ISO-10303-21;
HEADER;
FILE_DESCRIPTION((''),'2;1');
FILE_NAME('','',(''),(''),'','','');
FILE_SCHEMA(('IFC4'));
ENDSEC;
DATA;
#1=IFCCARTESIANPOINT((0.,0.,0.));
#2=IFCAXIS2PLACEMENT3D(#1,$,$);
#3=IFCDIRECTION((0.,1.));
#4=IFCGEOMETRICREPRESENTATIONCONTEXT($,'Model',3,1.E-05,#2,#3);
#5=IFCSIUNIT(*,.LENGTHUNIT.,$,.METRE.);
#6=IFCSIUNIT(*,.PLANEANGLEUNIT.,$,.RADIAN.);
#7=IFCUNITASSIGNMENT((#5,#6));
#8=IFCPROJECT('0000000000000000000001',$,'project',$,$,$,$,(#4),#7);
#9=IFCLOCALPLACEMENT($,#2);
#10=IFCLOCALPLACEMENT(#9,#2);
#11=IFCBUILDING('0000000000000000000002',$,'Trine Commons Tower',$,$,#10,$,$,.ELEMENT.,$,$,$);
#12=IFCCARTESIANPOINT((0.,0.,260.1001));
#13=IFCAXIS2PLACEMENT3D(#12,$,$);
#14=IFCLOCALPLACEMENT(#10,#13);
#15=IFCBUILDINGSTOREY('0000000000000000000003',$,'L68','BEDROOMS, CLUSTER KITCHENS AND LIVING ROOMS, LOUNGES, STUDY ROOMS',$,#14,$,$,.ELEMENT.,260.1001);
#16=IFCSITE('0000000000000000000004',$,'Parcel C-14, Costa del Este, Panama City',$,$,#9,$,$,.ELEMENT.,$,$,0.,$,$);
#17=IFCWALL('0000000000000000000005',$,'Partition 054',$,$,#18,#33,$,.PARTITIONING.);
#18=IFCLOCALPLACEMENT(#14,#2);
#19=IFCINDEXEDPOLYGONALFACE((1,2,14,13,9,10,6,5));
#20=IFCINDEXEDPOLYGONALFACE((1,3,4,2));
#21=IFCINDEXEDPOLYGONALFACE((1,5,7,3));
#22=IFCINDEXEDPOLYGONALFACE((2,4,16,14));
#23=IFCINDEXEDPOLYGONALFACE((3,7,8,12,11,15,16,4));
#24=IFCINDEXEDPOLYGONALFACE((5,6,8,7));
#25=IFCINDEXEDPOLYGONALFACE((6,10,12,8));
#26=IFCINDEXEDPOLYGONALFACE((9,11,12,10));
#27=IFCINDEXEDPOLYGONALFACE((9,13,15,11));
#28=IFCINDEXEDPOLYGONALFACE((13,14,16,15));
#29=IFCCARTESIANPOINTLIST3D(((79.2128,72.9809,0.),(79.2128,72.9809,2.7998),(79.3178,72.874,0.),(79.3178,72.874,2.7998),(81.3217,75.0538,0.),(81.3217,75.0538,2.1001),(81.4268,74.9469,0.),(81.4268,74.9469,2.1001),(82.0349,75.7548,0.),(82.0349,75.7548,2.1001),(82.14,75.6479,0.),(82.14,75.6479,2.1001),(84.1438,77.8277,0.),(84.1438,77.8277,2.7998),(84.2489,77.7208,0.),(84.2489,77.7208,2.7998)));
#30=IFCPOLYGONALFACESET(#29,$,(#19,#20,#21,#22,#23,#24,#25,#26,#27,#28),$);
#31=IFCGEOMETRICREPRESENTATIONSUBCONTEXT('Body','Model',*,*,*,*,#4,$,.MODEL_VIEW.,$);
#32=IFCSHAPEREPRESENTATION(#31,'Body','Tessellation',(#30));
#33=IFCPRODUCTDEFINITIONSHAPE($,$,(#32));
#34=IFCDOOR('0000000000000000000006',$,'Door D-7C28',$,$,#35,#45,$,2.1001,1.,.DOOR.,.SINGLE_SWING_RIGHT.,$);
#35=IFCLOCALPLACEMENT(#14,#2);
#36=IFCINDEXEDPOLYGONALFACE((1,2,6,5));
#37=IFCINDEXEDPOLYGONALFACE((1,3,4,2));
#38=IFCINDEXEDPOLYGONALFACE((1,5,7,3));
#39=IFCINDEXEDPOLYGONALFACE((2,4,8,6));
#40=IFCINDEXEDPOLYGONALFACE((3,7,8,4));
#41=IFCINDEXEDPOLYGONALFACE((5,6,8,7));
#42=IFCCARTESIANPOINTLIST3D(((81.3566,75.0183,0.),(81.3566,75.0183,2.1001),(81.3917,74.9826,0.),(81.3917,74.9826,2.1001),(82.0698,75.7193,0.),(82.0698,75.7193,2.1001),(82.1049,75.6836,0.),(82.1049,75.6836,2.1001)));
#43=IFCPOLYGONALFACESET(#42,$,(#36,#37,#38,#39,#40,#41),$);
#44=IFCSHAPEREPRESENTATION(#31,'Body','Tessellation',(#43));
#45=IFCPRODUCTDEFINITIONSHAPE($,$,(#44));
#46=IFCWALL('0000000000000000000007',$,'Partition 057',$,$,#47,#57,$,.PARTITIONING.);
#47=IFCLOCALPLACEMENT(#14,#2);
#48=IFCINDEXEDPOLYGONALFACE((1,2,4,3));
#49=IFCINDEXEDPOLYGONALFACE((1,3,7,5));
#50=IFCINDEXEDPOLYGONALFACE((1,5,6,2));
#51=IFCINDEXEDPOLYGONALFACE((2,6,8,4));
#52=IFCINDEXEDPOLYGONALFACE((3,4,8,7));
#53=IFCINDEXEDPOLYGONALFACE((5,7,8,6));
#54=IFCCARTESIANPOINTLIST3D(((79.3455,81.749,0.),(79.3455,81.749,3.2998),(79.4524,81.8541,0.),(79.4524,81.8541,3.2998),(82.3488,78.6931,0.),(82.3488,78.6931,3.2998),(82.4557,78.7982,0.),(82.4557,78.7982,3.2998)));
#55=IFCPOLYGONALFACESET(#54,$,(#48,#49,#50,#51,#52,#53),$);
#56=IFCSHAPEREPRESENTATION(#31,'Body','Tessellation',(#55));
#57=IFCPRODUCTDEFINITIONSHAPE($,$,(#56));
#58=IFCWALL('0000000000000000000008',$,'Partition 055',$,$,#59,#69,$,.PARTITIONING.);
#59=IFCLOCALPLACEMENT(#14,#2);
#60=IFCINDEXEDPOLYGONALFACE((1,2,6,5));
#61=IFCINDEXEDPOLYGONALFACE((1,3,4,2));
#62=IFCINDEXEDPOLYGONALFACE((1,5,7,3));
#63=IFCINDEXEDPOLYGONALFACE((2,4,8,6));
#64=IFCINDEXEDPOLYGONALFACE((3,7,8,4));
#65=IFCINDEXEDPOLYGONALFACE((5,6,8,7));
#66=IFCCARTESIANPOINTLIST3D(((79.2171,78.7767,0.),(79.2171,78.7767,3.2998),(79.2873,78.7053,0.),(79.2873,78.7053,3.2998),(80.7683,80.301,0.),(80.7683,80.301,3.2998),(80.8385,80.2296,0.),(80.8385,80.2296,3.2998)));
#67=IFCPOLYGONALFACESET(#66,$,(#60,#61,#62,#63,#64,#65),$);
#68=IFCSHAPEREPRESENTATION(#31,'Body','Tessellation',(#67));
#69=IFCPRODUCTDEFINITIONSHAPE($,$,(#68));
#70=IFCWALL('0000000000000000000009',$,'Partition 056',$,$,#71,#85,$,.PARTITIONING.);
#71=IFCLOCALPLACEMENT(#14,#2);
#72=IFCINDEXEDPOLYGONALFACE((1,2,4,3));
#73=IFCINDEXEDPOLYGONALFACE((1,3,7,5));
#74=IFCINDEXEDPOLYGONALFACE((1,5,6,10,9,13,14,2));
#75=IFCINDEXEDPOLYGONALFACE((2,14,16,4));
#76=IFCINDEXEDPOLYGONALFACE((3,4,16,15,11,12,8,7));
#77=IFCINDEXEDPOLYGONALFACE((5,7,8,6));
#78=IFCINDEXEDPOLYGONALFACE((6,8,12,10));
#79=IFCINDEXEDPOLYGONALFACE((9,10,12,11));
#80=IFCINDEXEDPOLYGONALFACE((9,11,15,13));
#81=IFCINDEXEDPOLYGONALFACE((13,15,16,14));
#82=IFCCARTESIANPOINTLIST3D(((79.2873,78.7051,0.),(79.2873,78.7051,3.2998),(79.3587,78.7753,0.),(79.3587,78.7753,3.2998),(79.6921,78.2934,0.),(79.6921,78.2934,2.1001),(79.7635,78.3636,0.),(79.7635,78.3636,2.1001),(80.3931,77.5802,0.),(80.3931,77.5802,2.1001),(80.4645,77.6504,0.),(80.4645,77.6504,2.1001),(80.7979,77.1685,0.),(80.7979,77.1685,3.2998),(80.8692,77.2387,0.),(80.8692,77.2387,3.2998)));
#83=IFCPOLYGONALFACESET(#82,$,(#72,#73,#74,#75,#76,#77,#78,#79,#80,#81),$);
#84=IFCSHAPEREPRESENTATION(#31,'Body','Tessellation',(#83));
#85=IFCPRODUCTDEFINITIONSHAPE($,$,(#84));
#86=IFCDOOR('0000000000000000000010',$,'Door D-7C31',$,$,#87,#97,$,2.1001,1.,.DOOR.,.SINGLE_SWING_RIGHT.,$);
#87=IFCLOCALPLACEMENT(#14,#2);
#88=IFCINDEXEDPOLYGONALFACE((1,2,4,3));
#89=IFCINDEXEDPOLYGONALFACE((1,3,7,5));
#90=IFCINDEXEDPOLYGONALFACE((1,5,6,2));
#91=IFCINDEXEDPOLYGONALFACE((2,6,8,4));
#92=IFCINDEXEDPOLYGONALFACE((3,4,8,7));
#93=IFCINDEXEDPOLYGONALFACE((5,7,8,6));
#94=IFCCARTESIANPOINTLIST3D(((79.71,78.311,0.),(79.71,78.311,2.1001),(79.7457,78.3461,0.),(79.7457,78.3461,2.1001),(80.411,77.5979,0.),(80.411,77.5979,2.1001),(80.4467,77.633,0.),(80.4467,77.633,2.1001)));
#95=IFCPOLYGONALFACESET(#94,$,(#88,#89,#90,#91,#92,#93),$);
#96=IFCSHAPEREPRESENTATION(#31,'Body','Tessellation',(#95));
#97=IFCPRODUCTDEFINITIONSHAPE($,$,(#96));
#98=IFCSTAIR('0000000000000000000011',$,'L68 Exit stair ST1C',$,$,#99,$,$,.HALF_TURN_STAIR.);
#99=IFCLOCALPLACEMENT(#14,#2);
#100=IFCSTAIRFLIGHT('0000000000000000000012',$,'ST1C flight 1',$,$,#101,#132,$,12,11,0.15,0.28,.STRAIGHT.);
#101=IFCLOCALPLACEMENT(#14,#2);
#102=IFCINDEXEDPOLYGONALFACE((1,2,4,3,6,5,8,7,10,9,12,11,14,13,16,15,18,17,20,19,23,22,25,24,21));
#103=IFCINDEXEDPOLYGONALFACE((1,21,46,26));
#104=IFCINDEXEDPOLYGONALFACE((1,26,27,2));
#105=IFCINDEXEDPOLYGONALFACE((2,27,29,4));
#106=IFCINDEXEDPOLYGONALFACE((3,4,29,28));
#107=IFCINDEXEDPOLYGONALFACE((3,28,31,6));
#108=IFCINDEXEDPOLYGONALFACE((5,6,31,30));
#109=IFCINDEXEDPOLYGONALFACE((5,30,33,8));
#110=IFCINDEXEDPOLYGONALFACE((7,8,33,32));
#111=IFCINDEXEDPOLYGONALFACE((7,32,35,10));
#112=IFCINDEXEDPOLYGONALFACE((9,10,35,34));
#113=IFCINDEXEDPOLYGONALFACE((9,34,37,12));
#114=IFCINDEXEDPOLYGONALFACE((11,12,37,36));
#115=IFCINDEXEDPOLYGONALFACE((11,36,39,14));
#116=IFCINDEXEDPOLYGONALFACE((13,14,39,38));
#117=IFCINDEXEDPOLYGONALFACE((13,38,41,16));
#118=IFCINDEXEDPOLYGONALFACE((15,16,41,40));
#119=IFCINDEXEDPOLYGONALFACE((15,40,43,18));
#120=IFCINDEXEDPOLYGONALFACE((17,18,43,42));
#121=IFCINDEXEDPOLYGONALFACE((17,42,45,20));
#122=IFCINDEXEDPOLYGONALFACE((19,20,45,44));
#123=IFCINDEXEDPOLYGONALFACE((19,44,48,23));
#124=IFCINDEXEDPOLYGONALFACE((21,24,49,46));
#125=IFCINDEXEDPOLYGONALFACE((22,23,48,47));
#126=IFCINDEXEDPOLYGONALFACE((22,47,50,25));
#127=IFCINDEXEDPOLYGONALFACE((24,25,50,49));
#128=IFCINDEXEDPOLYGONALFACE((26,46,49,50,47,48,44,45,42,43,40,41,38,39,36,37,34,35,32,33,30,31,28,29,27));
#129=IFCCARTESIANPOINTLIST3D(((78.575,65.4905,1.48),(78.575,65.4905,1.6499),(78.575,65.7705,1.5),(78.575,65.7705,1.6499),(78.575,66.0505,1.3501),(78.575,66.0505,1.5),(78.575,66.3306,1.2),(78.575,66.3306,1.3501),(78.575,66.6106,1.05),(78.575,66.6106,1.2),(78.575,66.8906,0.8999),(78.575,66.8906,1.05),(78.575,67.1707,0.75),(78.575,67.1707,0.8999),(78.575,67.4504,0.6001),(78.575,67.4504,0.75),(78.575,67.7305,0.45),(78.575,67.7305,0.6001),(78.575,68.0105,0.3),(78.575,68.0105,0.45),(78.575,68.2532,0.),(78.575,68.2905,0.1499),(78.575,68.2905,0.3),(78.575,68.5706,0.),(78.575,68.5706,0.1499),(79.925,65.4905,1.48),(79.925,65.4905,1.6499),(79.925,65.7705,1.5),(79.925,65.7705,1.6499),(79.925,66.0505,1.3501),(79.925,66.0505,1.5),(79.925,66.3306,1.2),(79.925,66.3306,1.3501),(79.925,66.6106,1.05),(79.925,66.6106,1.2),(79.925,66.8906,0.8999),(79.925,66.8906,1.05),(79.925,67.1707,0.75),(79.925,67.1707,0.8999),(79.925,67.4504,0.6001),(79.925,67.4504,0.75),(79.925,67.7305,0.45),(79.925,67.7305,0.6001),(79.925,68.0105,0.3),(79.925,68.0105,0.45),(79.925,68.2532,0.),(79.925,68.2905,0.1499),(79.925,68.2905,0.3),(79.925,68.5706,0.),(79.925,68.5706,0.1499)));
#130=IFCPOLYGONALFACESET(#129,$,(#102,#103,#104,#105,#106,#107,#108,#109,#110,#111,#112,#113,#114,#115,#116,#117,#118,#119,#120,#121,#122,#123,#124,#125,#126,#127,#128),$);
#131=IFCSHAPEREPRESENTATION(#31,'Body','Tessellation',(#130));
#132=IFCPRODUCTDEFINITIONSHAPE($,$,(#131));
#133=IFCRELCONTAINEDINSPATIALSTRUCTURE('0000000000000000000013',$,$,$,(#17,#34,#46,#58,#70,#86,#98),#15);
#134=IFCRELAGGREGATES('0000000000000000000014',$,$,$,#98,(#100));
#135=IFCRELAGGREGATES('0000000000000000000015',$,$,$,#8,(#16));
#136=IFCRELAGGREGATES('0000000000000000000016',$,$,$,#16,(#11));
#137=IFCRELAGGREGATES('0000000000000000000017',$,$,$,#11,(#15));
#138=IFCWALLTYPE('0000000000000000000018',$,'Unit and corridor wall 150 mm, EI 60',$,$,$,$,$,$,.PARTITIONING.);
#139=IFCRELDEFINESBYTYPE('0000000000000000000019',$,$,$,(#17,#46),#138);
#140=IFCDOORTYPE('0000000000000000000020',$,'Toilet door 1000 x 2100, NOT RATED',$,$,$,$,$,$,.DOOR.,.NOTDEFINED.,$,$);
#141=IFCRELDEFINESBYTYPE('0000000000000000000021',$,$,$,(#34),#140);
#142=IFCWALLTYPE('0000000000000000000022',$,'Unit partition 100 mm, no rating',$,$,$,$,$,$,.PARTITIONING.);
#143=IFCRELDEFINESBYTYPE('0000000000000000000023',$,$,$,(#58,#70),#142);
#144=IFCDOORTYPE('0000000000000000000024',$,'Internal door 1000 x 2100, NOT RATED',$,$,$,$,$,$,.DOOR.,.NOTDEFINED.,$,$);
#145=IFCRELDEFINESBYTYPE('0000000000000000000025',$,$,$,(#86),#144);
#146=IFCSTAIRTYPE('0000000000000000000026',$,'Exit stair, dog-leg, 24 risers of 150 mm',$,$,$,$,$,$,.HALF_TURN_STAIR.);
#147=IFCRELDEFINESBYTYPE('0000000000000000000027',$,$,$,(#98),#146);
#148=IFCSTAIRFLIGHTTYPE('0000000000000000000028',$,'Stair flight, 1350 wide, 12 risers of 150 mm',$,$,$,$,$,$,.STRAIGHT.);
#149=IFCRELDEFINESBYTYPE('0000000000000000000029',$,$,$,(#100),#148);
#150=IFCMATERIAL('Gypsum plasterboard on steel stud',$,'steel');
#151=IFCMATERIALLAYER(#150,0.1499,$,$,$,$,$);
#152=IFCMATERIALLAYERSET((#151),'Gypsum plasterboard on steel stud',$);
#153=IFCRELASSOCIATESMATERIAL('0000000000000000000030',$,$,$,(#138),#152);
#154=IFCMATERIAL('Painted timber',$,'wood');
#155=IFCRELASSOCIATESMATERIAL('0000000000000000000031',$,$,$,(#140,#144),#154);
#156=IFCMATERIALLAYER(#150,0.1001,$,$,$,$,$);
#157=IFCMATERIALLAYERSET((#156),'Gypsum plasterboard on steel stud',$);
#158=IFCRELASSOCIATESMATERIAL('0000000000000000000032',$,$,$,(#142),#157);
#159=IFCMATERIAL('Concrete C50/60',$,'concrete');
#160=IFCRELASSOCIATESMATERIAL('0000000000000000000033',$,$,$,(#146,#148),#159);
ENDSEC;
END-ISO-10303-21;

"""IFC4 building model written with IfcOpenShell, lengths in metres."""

from ifc_helpers import new_model, si_unit, direction, frame, frame_2d, origin, place, context, subcontext, project, spatial, polyline, rectangle, outline, extrude, material, layer, layer_set, type_object, element, fill, aggregate, save


model = new_model("IFC4")

# Units and contexts
model_context = context("Model", 3, precision=1e-05, world=origin(), true_north=direction((0.0, 1.0)))
body_context = subcontext(model_context, "Body", "Model", "MODEL_VIEW")
ifc_project = project(units=[si_unit("LENGTHUNIT", "METRE"), si_unit("PLANEANGLEUNIT", "RADIAN")], contexts=[model_context])

# Site, building, storey
site_placement = place(None, origin())
site = spatial("IfcSite", under=ifc_project, at=site_placement, Name="Parcel C-14, Costa del Este, Panama City", CompositionType="ELEMENT", RefElevation=0.0)
building_placement = place(site_placement, origin())
building = spatial("IfcBuilding", under=site, at=building_placement, Name="Trine Commons Tower", CompositionType="ELEMENT")
storey_placement = place(building_placement, frame((0.0, 0.0, 260.1001)))
storey = spatial("IfcBuildingStorey", under=building, at=storey_placement, Name="L68", Description="BEDROOMS, CLUSTER KITCHENS AND LIVING ROOMS, LOUNGES, STUDY ROOMS", CompositionType="ELEMENT", Elevation=260.1001)

# Shared definitions
ifc_material_1 = material(Name="Concrete C50/60", Category="concrete")

# Shared definitions
ifc_material_2 = material(Name="Gypsum plasterboard on steel stud", Category="steel")
ifc_layer_1 = layer(ifc_material_2, 0.1499)
ifc_layer_set_1 = layer_set([ifc_layer_1], Name="Gypsum plasterboard on steel stud")
wall_type_1 = type_object("IfcWallType", Name="Unit and corridor wall 150 mm, EI 60", PredefinedType="PARTITIONING", material=ifc_layer_set_1)

# Shared definitions
ifc_material_3 = material(Name="Painted timber", Category="wood")

# Wall, opening, door
wall_1_placement = place(storey_placement, frame((79.2654, 72.9275, 0.0), z_axis=(0.0, 0.0, 1.0), x_axis=(0.713171, 0.70099, 0.0)))
wall_1 = element("IfcWall", 1, at=wall_1_placement, inside=storey, type_object=wall_type_1, Name="Partition 054", PredefinedType="PARTITIONING", context=body_context, shape_type="SweptSolid", body=[
    extrude(rectangle(XDim=6.9143, YDim=0.1499, at=frame_2d((3.457, 0.0))), origin(), (0.0, 0.0, 1.0), 2.7998),
])
opening_1_placement = place(wall_1_placement, frame((2.957, 0.0, 0.0)))
opening_1 = element("IfcOpeningElement", 2, at=opening_1_placement, cuts=wall_1, PredefinedType="OPENING", context=body_context, shape_type="SweptSolid", body=[
    extrude(rectangle(XDim=1.0, YDim=2.1001, at=frame_2d((0.5, 1.05))), frame((0.0, 0.085, 0.0), z_axis=(0.0, -1.0, 0.0), x_axis=(1.0, 0.0, 0.0)), (0.0, 0.0, 1.0), 0.1699),
])
door_type_1 = type_object("IfcDoorType", Name="Toilet door 1000 x 2100, NOT RATED", OperationType="NOTDEFINED", PredefinedType="DOOR", material=ifc_material_3)
door_1_placement = place(opening_1_placement, frame((1.0, 0.0, 0.0), z_axis=(0.0, 0.0, 1.0), x_axis=(-1.0, 0.0, 0.0)))
door_1 = element("IfcDoor", 3, at=door_1_placement, inside=storey, type_object=door_type_1, Name="Door D-7C28", OperationType="SINGLE_SWING_RIGHT", OverallHeight=2.1001, OverallWidth=1.0, PredefinedType="DOOR", context=body_context, shape_type="SweptSolid", body=[
    extrude(rectangle(XDim=1.0, YDim=2.1001, at=frame_2d((0.5, 1.05))), frame((0.0, 0.0249, 0.0), z_axis=(0.0, -1.0, 0.0), x_axis=(1.0, 0.0, 0.0)), (0.0, 0.0, 1.0), 0.05),
])
fill(opening_1, door_1)

# Walls
wall_2_placement = place(storey_placement, frame((79.3989, 81.8015, 0.0), z_axis=(0.0, 0.0, 1.0), x_axis=(0.700955, -0.713205, 0.0)))
element("IfcWall", 4, at=wall_2_placement, inside=storey, type_object=wall_type_1, Name="Partition 057", PredefinedType="PARTITIONING", context=body_context, shape_type="SweptSolid", body=[
    extrude(rectangle(XDim=4.2847, YDim=0.1499, at=frame_2d((2.1423, 0.0))), origin(), (0.0, 0.0, 1.0), 3.2998),
])
ifc_layer_2 = layer(ifc_material_2, 0.1001)
ifc_layer_set_2 = layer_set([ifc_layer_2], Name="Gypsum plasterboard on steel stud")
wall_type_2 = type_object("IfcWallType", Name="Unit partition 100 mm, no rating", PredefinedType="PARTITIONING", material=ifc_layer_set_2)
wall_3_placement = place(storey_placement, frame((79.2522, 78.741, 0.0), z_axis=(0.0, 0.0, 1.0), x_axis=(0.713254, 0.700906, 0.0)))
element("IfcWall", 5, at=wall_3_placement, inside=storey, type_object=wall_type_2, Name="Partition 055", PredefinedType="PARTITIONING", context=body_context, shape_type="SweptSolid", body=[
    extrude(rectangle(XDim=2.1748, YDim=0.1001, at=frame_2d((1.0874, 0.0))), origin(), (0.0, 0.0, 1.0), 3.2998),
])

# Wall, opening, door
wall_4_placement = place(storey_placement, frame((79.323, 78.7402, 0.0), z_axis=(0.0, 0.0, 1.0), x_axis=(0.701019, -0.713143, 0.0)))
wall_4 = element("IfcWall", 6, at=wall_4_placement, inside=storey, type_object=wall_type_2, Name="Partition 056", PredefinedType="PARTITIONING", context=body_context, shape_type="SweptSolid", body=[
    extrude(rectangle(XDim=2.1548, YDim=0.1001, at=frame_2d((1.0774, 0.0))), origin(), (0.0, 0.0, 1.0), 3.2998),
])
opening_2_placement = place(wall_4_placement, frame((0.5774, 0.0, 0.0)))
opening_2 = element("IfcOpeningElement", 7, at=opening_2_placement, cuts=wall_4, PredefinedType="OPENING", context=body_context, shape_type="SweptSolid", body=[
    extrude(rectangle(XDim=1.0, YDim=2.1001, at=frame_2d((0.5, 1.05))), frame((0.0, 0.0601, 0.0), z_axis=(0.0, -1.0, 0.0), x_axis=(1.0, 0.0, 0.0)), (0.0, 0.0, 1.0), 0.1201),
])
door_type_2 = type_object("IfcDoorType", Name="Internal door 1000 x 2100, NOT RATED", OperationType="NOTDEFINED", PredefinedType="DOOR", material=ifc_material_3)
door_2_placement = place(opening_2_placement, frame((1.0, 0.0, 0.0), z_axis=(0.0, 0.0, 1.0), x_axis=(-1.0, 0.0, 0.0)))
door_2 = element("IfcDoor", 8, at=door_2_placement, inside=storey, type_object=door_type_2, Name="Door D-7C31", OperationType="SINGLE_SWING_RIGHT", OverallHeight=2.1001, OverallWidth=1.0, PredefinedType="DOOR", context=body_context, shape_type="SweptSolid", body=[
    extrude(rectangle(XDim=1.0, YDim=2.1001, at=frame_2d((0.5, 1.05))), frame((0.0, 0.0249, 0.0), z_axis=(0.0, -1.0, 0.0), x_axis=(1.0, 0.0, 0.0)), (0.0, 0.0, 1.0), 0.05),
])
fill(opening_2, door_2)

# Stair, stair flight
stair_type = type_object("IfcStairType", Name="Exit stair, dog-leg, 24 risers of 150 mm", PredefinedType="HALF_TURN_STAIR", material=ifc_material_1)
stair_placement = place(storey_placement, origin())
stair = element("IfcStair", 9, at=stair_placement, inside=storey, type_object=stair_type, Name="L68 Exit stair ST1C", PredefinedType="HALF_TURN_STAIR")
stair_flight_type = type_object("IfcStairFlightType", Name="Stair flight, 1350 wide, 12 risers of 150 mm", PredefinedType="STRAIGHT", material=ifc_material_1)
stair_flight_placement = place(storey_placement, frame((79.25, 68.5706, 0.0), z_axis=(0.0, 0.0, 1.0), x_axis=(0.0, -1.0, 0.0)))
stair_flight = element("IfcStairFlight", 10, at=stair_flight_placement, type_object=stair_flight_type, Name="ST1C flight 1", NumberOfRisers=12, NumberOfTreads=11, PredefinedType="STRAIGHT", RiserHeight=0.15, TreadLength=0.28, context=body_context, shape_type="SweptSolid", body=[
    extrude(outline(polyline([(0.0, 0.0), (0.0, 0.1499), (0.28, 0.1499), (0.28, 0.3), (0.5601, 0.3), (0.5601, 0.45), (0.8401, 0.45), (0.8401, 0.6001), (1.1201, 0.6001), (1.1201, 0.75), (1.3999, 0.75), (1.3999, 0.8999), (1.6799, 0.8999), (1.6799, 1.05), (1.96, 1.05), (1.96, 1.2), (2.24, 1.2), (2.24, 1.3501), (2.52, 1.3501), (2.52, 1.5), (2.8, 1.5), (2.8, 1.6499), (3.0801, 1.6499), (3.0801, 1.8), (3.0801, 1.48), (0.3174, 0.0), (0.0, 0.0)])), frame((0.0, 0.675, 0.0), z_axis=(0.0, -1.0, 0.0), x_axis=(1.0, 0.0, 0.0)), (0.0, 0.0, 1.0), 1.3501),
])
aggregate(stair, [stair_flight])

save(model, "model.ifc")
